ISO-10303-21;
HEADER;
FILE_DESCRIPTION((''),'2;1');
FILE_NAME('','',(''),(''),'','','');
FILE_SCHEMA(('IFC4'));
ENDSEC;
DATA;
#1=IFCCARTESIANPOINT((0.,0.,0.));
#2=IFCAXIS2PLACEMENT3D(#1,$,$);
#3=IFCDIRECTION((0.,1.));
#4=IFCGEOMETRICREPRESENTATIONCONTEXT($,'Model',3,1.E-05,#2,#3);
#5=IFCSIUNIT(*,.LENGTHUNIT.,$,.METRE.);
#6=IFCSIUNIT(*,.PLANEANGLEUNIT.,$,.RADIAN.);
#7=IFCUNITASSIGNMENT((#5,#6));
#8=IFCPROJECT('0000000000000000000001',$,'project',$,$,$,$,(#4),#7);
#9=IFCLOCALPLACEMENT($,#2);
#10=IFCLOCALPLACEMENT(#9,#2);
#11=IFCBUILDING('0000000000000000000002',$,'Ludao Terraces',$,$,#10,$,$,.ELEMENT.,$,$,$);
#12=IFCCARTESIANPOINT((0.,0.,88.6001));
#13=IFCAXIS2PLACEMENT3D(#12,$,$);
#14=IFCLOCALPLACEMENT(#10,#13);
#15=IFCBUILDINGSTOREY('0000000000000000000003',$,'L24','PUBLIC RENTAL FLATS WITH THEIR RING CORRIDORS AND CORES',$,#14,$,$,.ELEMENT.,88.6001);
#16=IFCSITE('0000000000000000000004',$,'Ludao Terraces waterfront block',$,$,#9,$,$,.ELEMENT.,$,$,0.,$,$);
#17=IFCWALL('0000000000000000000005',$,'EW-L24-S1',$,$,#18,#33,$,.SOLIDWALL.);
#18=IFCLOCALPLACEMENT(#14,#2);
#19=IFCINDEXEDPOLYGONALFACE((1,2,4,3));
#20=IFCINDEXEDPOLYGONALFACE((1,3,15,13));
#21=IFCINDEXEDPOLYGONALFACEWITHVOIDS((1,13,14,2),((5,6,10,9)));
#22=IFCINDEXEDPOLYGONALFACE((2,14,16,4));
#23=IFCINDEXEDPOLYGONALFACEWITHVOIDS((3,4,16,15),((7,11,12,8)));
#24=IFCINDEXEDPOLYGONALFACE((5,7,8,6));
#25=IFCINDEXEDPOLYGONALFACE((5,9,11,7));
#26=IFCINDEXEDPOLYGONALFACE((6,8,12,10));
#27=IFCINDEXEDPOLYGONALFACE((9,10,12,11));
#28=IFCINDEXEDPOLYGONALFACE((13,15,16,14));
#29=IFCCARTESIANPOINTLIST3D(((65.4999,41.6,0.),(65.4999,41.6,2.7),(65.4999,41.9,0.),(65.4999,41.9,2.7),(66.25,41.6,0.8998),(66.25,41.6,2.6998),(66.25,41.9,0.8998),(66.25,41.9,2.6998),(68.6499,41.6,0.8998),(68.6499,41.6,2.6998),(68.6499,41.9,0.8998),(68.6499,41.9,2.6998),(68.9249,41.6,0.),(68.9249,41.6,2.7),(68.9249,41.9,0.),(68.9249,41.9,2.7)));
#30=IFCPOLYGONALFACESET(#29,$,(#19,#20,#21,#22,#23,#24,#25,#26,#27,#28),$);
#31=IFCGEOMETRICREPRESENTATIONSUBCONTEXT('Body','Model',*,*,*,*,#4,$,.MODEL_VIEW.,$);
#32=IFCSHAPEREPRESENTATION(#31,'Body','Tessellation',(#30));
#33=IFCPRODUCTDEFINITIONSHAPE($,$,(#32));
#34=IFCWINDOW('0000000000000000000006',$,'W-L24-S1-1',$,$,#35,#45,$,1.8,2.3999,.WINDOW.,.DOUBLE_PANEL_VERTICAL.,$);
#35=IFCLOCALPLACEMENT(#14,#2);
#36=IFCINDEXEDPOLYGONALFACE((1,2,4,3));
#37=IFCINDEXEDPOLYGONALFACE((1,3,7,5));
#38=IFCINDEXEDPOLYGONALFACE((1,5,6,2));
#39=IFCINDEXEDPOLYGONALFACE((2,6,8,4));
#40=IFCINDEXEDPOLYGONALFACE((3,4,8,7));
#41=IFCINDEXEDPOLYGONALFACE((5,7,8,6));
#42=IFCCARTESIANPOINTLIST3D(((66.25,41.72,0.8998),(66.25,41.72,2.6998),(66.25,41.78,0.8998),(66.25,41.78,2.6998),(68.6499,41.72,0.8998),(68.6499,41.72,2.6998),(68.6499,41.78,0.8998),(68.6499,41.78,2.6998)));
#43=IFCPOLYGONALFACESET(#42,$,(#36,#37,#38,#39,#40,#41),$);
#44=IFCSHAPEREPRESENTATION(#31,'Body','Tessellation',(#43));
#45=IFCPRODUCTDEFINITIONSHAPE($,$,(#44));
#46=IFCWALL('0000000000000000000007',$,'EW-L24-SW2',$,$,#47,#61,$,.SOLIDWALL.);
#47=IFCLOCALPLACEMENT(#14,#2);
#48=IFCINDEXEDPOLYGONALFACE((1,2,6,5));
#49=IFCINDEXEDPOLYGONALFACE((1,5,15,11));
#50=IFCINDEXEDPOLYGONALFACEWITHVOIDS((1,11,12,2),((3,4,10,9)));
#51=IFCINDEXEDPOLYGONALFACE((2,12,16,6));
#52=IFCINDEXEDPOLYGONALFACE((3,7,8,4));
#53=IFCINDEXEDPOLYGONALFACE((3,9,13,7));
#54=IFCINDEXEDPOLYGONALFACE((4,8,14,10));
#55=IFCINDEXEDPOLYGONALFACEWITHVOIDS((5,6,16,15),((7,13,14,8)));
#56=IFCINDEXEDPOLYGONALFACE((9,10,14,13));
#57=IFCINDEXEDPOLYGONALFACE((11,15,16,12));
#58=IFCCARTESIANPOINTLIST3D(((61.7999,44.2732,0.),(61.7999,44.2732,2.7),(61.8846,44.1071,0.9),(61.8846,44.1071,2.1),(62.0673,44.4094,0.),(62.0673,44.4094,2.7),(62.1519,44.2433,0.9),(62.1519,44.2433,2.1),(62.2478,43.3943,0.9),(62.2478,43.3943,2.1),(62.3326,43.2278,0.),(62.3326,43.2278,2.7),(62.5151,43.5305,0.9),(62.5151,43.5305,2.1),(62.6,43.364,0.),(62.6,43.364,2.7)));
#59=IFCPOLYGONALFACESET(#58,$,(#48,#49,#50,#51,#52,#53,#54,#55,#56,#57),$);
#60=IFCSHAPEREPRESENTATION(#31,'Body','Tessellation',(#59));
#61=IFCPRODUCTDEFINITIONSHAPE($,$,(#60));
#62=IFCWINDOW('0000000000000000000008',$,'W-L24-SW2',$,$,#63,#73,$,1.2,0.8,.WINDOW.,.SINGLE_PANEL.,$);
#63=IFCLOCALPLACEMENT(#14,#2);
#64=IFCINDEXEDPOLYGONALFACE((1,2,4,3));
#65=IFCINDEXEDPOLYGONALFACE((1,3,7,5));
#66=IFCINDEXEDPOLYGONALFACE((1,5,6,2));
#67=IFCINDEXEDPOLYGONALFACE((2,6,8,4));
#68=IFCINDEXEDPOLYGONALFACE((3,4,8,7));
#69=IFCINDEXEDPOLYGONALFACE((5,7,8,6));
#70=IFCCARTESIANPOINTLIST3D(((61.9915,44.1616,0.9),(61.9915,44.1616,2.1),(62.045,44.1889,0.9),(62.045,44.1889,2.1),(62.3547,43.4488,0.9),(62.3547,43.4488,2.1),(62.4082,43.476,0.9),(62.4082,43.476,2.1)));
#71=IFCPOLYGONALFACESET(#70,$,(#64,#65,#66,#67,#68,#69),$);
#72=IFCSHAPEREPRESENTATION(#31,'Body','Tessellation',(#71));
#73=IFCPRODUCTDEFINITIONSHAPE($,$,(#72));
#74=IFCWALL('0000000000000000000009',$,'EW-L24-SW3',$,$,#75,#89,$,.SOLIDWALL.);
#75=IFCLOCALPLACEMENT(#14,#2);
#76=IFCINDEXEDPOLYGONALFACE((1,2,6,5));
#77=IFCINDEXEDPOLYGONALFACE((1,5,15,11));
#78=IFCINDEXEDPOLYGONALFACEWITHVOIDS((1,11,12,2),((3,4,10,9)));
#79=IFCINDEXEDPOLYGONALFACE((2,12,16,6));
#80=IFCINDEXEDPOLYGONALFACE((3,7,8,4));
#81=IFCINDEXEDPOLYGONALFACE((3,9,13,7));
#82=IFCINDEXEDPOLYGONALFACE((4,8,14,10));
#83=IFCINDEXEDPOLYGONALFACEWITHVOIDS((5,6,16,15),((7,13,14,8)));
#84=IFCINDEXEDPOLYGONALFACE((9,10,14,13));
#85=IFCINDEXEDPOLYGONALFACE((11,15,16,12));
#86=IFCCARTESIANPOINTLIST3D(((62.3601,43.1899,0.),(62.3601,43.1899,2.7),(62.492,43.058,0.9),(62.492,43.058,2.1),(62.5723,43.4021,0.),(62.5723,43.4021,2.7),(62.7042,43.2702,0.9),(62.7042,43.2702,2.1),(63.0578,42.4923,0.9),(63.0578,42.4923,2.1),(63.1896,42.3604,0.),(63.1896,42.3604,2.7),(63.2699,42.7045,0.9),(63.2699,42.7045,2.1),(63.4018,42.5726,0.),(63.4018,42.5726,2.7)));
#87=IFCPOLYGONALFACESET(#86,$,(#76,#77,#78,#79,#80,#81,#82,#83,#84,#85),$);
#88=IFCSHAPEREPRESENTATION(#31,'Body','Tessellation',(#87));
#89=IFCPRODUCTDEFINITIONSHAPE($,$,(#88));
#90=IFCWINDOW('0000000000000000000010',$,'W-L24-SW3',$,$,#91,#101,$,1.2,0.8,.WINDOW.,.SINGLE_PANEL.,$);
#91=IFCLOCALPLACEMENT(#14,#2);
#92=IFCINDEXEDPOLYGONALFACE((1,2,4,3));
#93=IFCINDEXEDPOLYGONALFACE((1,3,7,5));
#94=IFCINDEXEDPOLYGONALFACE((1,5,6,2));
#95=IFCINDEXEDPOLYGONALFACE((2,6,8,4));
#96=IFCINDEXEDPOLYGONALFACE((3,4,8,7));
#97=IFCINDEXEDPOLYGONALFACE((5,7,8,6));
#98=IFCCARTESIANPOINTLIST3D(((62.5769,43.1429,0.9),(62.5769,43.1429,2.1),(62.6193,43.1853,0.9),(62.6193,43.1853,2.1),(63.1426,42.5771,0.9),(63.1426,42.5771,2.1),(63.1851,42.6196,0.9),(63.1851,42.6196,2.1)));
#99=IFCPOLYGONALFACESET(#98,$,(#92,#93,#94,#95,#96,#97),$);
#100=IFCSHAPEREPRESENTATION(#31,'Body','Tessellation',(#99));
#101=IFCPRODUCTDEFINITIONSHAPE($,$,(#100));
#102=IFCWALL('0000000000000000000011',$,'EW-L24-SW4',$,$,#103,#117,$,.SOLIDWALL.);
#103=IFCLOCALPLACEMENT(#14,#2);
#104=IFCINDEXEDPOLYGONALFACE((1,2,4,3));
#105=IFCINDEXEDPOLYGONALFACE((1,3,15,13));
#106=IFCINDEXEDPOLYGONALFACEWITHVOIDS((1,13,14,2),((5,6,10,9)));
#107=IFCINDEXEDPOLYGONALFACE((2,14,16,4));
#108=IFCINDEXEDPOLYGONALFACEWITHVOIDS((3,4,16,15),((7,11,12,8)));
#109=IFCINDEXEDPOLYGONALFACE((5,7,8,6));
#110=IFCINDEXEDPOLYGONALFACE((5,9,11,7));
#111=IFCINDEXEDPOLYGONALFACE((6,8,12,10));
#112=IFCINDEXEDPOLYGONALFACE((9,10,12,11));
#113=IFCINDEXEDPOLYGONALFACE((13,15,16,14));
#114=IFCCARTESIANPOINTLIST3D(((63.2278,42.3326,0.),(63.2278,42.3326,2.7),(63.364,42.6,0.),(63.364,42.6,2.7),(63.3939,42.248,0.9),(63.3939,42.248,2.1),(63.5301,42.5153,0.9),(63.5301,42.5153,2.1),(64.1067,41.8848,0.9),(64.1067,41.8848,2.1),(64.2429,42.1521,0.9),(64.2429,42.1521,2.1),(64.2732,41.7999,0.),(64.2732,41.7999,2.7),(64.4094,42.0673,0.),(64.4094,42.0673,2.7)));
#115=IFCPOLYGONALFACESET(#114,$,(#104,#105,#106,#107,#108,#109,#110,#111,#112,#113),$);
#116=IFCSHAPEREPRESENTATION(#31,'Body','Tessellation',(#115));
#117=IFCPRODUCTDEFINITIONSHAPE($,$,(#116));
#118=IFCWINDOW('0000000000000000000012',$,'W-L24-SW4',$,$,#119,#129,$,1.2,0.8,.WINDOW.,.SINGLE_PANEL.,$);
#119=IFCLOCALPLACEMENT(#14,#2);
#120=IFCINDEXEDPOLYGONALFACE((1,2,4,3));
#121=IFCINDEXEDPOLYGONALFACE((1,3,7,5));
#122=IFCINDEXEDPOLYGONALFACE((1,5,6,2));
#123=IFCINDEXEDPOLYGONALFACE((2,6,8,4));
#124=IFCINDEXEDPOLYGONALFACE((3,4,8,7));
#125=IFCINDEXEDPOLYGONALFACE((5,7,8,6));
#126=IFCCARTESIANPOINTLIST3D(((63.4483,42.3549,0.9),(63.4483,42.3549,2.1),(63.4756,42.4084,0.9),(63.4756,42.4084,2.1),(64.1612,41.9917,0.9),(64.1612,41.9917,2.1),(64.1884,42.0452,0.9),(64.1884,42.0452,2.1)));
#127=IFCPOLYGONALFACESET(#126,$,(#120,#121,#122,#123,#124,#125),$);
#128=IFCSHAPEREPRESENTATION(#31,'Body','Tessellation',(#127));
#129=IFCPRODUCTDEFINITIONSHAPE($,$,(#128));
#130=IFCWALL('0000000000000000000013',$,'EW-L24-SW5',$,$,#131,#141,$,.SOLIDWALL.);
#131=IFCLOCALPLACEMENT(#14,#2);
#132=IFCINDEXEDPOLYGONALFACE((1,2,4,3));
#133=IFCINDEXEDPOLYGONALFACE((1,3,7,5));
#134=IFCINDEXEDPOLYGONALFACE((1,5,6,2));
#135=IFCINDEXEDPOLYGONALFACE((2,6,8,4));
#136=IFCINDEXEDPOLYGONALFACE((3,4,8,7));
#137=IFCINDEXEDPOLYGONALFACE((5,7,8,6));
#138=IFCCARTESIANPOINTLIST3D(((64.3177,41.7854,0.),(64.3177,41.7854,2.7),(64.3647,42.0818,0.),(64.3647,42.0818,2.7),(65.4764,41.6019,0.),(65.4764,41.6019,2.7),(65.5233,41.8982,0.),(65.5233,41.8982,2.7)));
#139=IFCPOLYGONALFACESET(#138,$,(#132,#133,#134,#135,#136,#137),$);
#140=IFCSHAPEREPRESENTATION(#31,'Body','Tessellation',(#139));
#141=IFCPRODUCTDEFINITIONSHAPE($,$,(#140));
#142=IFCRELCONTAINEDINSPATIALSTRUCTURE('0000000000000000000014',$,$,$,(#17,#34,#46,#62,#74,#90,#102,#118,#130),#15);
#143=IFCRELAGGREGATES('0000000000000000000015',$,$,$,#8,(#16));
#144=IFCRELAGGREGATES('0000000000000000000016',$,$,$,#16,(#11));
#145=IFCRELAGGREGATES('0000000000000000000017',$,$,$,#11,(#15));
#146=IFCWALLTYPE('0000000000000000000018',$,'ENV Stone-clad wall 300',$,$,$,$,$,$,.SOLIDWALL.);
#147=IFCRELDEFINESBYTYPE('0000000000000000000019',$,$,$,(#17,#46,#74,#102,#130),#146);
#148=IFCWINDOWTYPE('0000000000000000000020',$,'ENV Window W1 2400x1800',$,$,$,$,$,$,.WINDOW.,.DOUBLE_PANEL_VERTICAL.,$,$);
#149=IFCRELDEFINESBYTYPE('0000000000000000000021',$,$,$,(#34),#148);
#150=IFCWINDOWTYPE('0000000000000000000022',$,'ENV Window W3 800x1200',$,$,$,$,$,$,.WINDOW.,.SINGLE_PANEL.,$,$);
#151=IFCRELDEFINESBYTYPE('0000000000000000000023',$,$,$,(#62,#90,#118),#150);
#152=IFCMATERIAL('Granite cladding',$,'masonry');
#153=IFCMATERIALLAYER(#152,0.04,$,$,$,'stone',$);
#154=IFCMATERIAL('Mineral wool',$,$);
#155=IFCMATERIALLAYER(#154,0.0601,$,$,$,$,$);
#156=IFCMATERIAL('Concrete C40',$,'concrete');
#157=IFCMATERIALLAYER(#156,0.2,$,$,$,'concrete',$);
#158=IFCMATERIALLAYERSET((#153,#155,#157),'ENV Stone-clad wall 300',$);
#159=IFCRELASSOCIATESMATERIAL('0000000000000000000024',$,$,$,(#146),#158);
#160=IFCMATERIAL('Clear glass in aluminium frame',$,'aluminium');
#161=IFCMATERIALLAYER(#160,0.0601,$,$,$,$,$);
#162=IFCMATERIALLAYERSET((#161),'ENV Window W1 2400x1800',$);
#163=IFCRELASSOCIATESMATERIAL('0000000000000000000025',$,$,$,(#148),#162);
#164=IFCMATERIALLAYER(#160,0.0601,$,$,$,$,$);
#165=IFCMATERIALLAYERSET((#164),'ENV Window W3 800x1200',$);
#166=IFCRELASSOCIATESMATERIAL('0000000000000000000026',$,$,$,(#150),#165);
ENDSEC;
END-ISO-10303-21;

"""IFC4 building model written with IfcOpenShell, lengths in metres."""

from ifc_helpers import new_model, si_unit, direction, frame, frame_2d, origin, place, context, subcontext, project, spatial, rectangle, extrude, material, layer, layer_set, type_object, element, fill, save


model = new_model("IFC4")

# Units and contexts
model_context = context("Model", 3, precision=1e-05, world=origin(), true_north=direction((0.0, 1.0)))
body_context = subcontext(model_context, "Body", "Model", "MODEL_VIEW")
ifc_project = project(units=[si_unit("LENGTHUNIT", "METRE"), si_unit("PLANEANGLEUNIT", "RADIAN")], contexts=[model_context])

# Site, building, storey
site_placement = place(None, origin())
site = spatial("IfcSite", under=ifc_project, at=site_placement, Name="Ludao Terraces waterfront block", CompositionType="ELEMENT", RefElevation=0.0)
building_placement = place(site_placement, origin())
building = spatial("IfcBuilding", under=site, at=building_placement, Name="Ludao Terraces", CompositionType="ELEMENT")
storey_placement = place(building_placement, frame((0.0, 0.0, 88.6001)))
storey = spatial("IfcBuildingStorey", under=building, at=storey_placement, Name="L24", Description="PUBLIC RENTAL FLATS WITH THEIR RING CORRIDORS AND CORES", CompositionType="ELEMENT", Elevation=88.6001)

# Walls, openings, windows
ifc_material_1 = material(Name="Granite cladding", Category="masonry")
ifc_layer_1 = layer(ifc_material_1, 0.04, Category="stone")
ifc_material_2 = material(Name="Mineral wool")
ifc_layer_2 = layer(ifc_material_2, 0.0601)
ifc_material_3 = material(Name="Concrete C40", Category="concrete")
ifc_layer_3 = layer(ifc_material_3, 0.2, Category="concrete")
ifc_layer_set_1 = layer_set([ifc_layer_1, ifc_layer_2, ifc_layer_3], Name="ENV Stone-clad wall 300")
wall_type_1 = type_object("IfcWallType", Name="ENV Stone-clad wall 300", PredefinedType="SOLIDWALL", material=ifc_layer_set_1)
wall_1_placement = place(storey_placement, frame((65.5, 41.75, 0.0), z_axis=(0.0, 0.0, 1.0), x_axis=(1.0, 0.0, 0.0)))
wall_1 = element("IfcWall", 1, at=wall_1_placement, inside=storey, type_object=wall_type_1, Name="EW-L24-S1", PredefinedType="SOLIDWALL", context=body_context, shape_type="SweptSolid", body=[
    extrude(rectangle(XDim=3.425, YDim=0.3, at=frame_2d((1.7124, 0.0))), origin(), (0.0, 0.0, 1.0), 2.7),
])
opening_1_placement = place(wall_1_placement, frame((0.75, 0.0, 0.8999)))
opening_1 = element("IfcOpeningElement", 2, at=opening_1_placement, cuts=wall_1, PredefinedType="OPENING", context=body_context, shape_type="SweptSolid", body=[
    extrude(rectangle(XDim=2.3999, YDim=1.8, at=frame_2d((1.2, 0.8999))), frame((0.0, 0.1602, 0.0), z_axis=(0.0, -1.0, 0.0), x_axis=(1.0, 0.0, 0.0)), (0.0, 0.0, 1.0), 0.3201),
])
ifc_material_4 = material(Name="Clear glass in aluminium frame", Category="aluminium")
ifc_layer_4 = layer(ifc_material_4, 0.0601)
ifc_layer_set_2 = layer_set([ifc_layer_4], Name="ENV Window W1 2400x1800")
window_type_1 = type_object("IfcWindowType", Name="ENV Window W1 2400x1800", PartitioningType="DOUBLE_PANEL_VERTICAL", PredefinedType="WINDOW", material=ifc_layer_set_2)
window_1_placement = place(opening_1_placement, origin())
window_1 = element("IfcWindow", 3, at=window_1_placement, inside=storey, type_object=window_type_1, Name="W-L24-S1-1", OverallHeight=1.8, OverallWidth=2.3999, PartitioningType="DOUBLE_PANEL_VERTICAL", PredefinedType="WINDOW", context=body_context, shape_type="SweptSolid", body=[
    extrude(rectangle(XDim=2.3999, YDim=1.8, at=frame_2d((1.2, 0.8999))), frame((0.0, 0.03, 0.0), z_axis=(0.0, -1.0, 0.0), x_axis=(1.0, 0.0, 0.0)), (0.0, 0.0, 1.0), 0.0601),
])
fill(opening_1, window_1)
wall_2_placement = place(storey_placement, frame((61.9336, 44.3413, 0.0), z_axis=(0.0, 0.0, 1.0), x_axis=(0.454026, -0.890989, 0.0)))
wall_2 = element("IfcWall", 4, at=wall_2_placement, inside=storey, type_object=wall_type_1, Name="EW-L24-SW2", PredefinedType="SOLIDWALL", context=body_context, shape_type="SweptSolid", body=[
    extrude(rectangle(XDim=1.1733, YDim=0.3, at=frame_2d((0.5867, 0.0))), origin(), (0.0, 0.0, 1.0), 2.7),
])
opening_2_placement = place(wall_2_placement, frame((0.1865, 0.0, 0.8999)))
opening_2 = element("IfcOpeningElement", 5, at=opening_2_placement, cuts=wall_2, PredefinedType="OPENING", context=body_context, shape_type="SweptSolid", body=[
    extrude(rectangle(XDim=0.8, YDim=1.2, at=frame_2d((0.3999, 0.6001))), frame((0.0, 0.1602, 0.0), z_axis=(0.0, -1.0, 0.0), x_axis=(1.0, 0.0, 0.0)), (0.0, 0.0, 1.0), 0.3201),
])
ifc_layer_5 = layer(ifc_material_4, 0.0601)
ifc_layer_set_3 = layer_set([ifc_layer_5], Name="ENV Window W3 800x1200")
window_type_2 = type_object("IfcWindowType", Name="ENV Window W3 800x1200", PartitioningType="SINGLE_PANEL", PredefinedType="WINDOW", material=ifc_layer_set_3)
window_2_placement = place(opening_2_placement, origin())
window_2 = element("IfcWindow", 6, at=window_2_placement, inside=storey, type_object=window_type_2, Name="W-L24-SW2", OverallHeight=1.2, OverallWidth=0.8, PartitioningType="SINGLE_PANEL", PredefinedType="WINDOW", context=body_context, shape_type="SweptSolid", body=[
    extrude(rectangle(XDim=0.8, YDim=1.2, at=frame_2d((0.3999, 0.6001))), frame((0.0, 0.03, 0.0), z_axis=(0.0, -1.0, 0.0), x_axis=(1.0, 0.0, 0.0)), (0.0, 0.0, 1.0), 0.0601),
])
fill(opening_2, window_2)
wall_3_placement = place(storey_placement, frame((62.4663, 43.2959, 0.0), z_axis=(0.0, 0.0, 1.0), x_axis=(0.707107, -0.707107, 0.0)))
wall_3 = element("IfcWall", 7, at=wall_3_placement, inside=storey, type_object=wall_type_1, Name="EW-L24-SW3", PredefinedType="SOLIDWALL", context=body_context, shape_type="SweptSolid", body=[
    extrude(rectangle(XDim=1.1731, YDim=0.3, at=frame_2d((0.5864, 0.0))), origin(), (0.0, 0.0, 1.0), 2.7),
])
opening_3_placement = place(wall_3_placement, frame((0.1865, 0.0, 0.8999)))
opening_3 = element("IfcOpeningElement", 8, at=opening_3_placement, cuts=wall_3, PredefinedType="OPENING", context=body_context, shape_type="SweptSolid", body=[
    extrude(rectangle(XDim=0.8, YDim=1.2, at=frame_2d((0.3999, 0.6001))), frame((0.0, 0.1602, 0.0), z_axis=(0.0, -1.0, 0.0), x_axis=(1.0, 0.0, 0.0)), (0.0, 0.0, 1.0), 0.3201),
])
window_3_placement = place(opening_3_placement, origin())
window_3 = element("IfcWindow", 9, at=window_3_placement, inside=storey, type_object=window_type_2, Name="W-L24-SW3", OverallHeight=1.2, OverallWidth=0.8, PartitioningType="SINGLE_PANEL", PredefinedType="WINDOW", context=body_context, shape_type="SweptSolid", body=[
    extrude(rectangle(XDim=0.8, YDim=1.2, at=frame_2d((0.3999, 0.6001))), frame((0.0, 0.03, 0.0), z_axis=(0.0, -1.0, 0.0), x_axis=(1.0, 0.0, 0.0)), (0.0, 0.0, 1.0), 0.0601),
])
fill(opening_3, window_3)
wall_4_placement = place(storey_placement, frame((63.2959, 42.4663, 0.0), z_axis=(0.0, 0.0, 1.0), x_axis=(0.890989, -0.454026, 0.0)))
wall_4 = element("IfcWall", 10, at=wall_4_placement, inside=storey, type_object=wall_type_1, Name="EW-L24-SW4", PredefinedType="SOLIDWALL", context=body_context, shape_type="SweptSolid", body=[
    extrude(rectangle(XDim=1.1733, YDim=0.3, at=frame_2d((0.5867, 0.0))), origin(), (0.0, 0.0, 1.0), 2.7),
])
opening_4_placement = place(wall_4_placement, frame((0.1865, 0.0, 0.8999)))
opening_4 = element("IfcOpeningElement", 11, at=opening_4_placement, cuts=wall_4, PredefinedType="OPENING", context=body_context, shape_type="SweptSolid", body=[
    extrude(rectangle(XDim=0.8, YDim=1.2, at=frame_2d((0.3999, 0.6001))), frame((0.0, 0.1602, 0.0), z_axis=(0.0, -1.0, 0.0), x_axis=(1.0, 0.0, 0.0)), (0.0, 0.0, 1.0), 0.3201),
])
window_4_placement = place(opening_4_placement, origin())
window_4 = element("IfcWindow", 12, at=window_4_placement, inside=storey, type_object=window_type_2, Name="W-L24-SW4", OverallHeight=1.2, OverallWidth=0.8, PartitioningType="SINGLE_PANEL", PredefinedType="WINDOW", context=body_context, shape_type="SweptSolid", body=[
    extrude(rectangle(XDim=0.8, YDim=1.2, at=frame_2d((0.3999, 0.6001))), frame((0.0, 0.03, 0.0), z_axis=(0.0, -1.0, 0.0), x_axis=(1.0, 0.0, 0.0)), (0.0, 0.0, 1.0), 0.0601),
])
fill(opening_4, window_4)

# Wall
wall_5_placement = place(storey_placement, frame((64.3413, 41.9336, 0.0), z_axis=(0.0, 0.0, 1.0), x_axis=(0.987678, -0.156497, 0.0)))
element("IfcWall", 13, at=wall_5_placement, inside=storey, type_object=wall_type_1, Name="EW-L24-SW5", PredefinedType="SOLIDWALL", context=body_context, shape_type="SweptSolid", body=[
    extrude(rectangle(XDim=1.1731, YDim=0.3, at=frame_2d((0.5864, 0.0))), origin(), (0.0, 0.0, 1.0), 2.7),
])

save(model, "model.ifc")
